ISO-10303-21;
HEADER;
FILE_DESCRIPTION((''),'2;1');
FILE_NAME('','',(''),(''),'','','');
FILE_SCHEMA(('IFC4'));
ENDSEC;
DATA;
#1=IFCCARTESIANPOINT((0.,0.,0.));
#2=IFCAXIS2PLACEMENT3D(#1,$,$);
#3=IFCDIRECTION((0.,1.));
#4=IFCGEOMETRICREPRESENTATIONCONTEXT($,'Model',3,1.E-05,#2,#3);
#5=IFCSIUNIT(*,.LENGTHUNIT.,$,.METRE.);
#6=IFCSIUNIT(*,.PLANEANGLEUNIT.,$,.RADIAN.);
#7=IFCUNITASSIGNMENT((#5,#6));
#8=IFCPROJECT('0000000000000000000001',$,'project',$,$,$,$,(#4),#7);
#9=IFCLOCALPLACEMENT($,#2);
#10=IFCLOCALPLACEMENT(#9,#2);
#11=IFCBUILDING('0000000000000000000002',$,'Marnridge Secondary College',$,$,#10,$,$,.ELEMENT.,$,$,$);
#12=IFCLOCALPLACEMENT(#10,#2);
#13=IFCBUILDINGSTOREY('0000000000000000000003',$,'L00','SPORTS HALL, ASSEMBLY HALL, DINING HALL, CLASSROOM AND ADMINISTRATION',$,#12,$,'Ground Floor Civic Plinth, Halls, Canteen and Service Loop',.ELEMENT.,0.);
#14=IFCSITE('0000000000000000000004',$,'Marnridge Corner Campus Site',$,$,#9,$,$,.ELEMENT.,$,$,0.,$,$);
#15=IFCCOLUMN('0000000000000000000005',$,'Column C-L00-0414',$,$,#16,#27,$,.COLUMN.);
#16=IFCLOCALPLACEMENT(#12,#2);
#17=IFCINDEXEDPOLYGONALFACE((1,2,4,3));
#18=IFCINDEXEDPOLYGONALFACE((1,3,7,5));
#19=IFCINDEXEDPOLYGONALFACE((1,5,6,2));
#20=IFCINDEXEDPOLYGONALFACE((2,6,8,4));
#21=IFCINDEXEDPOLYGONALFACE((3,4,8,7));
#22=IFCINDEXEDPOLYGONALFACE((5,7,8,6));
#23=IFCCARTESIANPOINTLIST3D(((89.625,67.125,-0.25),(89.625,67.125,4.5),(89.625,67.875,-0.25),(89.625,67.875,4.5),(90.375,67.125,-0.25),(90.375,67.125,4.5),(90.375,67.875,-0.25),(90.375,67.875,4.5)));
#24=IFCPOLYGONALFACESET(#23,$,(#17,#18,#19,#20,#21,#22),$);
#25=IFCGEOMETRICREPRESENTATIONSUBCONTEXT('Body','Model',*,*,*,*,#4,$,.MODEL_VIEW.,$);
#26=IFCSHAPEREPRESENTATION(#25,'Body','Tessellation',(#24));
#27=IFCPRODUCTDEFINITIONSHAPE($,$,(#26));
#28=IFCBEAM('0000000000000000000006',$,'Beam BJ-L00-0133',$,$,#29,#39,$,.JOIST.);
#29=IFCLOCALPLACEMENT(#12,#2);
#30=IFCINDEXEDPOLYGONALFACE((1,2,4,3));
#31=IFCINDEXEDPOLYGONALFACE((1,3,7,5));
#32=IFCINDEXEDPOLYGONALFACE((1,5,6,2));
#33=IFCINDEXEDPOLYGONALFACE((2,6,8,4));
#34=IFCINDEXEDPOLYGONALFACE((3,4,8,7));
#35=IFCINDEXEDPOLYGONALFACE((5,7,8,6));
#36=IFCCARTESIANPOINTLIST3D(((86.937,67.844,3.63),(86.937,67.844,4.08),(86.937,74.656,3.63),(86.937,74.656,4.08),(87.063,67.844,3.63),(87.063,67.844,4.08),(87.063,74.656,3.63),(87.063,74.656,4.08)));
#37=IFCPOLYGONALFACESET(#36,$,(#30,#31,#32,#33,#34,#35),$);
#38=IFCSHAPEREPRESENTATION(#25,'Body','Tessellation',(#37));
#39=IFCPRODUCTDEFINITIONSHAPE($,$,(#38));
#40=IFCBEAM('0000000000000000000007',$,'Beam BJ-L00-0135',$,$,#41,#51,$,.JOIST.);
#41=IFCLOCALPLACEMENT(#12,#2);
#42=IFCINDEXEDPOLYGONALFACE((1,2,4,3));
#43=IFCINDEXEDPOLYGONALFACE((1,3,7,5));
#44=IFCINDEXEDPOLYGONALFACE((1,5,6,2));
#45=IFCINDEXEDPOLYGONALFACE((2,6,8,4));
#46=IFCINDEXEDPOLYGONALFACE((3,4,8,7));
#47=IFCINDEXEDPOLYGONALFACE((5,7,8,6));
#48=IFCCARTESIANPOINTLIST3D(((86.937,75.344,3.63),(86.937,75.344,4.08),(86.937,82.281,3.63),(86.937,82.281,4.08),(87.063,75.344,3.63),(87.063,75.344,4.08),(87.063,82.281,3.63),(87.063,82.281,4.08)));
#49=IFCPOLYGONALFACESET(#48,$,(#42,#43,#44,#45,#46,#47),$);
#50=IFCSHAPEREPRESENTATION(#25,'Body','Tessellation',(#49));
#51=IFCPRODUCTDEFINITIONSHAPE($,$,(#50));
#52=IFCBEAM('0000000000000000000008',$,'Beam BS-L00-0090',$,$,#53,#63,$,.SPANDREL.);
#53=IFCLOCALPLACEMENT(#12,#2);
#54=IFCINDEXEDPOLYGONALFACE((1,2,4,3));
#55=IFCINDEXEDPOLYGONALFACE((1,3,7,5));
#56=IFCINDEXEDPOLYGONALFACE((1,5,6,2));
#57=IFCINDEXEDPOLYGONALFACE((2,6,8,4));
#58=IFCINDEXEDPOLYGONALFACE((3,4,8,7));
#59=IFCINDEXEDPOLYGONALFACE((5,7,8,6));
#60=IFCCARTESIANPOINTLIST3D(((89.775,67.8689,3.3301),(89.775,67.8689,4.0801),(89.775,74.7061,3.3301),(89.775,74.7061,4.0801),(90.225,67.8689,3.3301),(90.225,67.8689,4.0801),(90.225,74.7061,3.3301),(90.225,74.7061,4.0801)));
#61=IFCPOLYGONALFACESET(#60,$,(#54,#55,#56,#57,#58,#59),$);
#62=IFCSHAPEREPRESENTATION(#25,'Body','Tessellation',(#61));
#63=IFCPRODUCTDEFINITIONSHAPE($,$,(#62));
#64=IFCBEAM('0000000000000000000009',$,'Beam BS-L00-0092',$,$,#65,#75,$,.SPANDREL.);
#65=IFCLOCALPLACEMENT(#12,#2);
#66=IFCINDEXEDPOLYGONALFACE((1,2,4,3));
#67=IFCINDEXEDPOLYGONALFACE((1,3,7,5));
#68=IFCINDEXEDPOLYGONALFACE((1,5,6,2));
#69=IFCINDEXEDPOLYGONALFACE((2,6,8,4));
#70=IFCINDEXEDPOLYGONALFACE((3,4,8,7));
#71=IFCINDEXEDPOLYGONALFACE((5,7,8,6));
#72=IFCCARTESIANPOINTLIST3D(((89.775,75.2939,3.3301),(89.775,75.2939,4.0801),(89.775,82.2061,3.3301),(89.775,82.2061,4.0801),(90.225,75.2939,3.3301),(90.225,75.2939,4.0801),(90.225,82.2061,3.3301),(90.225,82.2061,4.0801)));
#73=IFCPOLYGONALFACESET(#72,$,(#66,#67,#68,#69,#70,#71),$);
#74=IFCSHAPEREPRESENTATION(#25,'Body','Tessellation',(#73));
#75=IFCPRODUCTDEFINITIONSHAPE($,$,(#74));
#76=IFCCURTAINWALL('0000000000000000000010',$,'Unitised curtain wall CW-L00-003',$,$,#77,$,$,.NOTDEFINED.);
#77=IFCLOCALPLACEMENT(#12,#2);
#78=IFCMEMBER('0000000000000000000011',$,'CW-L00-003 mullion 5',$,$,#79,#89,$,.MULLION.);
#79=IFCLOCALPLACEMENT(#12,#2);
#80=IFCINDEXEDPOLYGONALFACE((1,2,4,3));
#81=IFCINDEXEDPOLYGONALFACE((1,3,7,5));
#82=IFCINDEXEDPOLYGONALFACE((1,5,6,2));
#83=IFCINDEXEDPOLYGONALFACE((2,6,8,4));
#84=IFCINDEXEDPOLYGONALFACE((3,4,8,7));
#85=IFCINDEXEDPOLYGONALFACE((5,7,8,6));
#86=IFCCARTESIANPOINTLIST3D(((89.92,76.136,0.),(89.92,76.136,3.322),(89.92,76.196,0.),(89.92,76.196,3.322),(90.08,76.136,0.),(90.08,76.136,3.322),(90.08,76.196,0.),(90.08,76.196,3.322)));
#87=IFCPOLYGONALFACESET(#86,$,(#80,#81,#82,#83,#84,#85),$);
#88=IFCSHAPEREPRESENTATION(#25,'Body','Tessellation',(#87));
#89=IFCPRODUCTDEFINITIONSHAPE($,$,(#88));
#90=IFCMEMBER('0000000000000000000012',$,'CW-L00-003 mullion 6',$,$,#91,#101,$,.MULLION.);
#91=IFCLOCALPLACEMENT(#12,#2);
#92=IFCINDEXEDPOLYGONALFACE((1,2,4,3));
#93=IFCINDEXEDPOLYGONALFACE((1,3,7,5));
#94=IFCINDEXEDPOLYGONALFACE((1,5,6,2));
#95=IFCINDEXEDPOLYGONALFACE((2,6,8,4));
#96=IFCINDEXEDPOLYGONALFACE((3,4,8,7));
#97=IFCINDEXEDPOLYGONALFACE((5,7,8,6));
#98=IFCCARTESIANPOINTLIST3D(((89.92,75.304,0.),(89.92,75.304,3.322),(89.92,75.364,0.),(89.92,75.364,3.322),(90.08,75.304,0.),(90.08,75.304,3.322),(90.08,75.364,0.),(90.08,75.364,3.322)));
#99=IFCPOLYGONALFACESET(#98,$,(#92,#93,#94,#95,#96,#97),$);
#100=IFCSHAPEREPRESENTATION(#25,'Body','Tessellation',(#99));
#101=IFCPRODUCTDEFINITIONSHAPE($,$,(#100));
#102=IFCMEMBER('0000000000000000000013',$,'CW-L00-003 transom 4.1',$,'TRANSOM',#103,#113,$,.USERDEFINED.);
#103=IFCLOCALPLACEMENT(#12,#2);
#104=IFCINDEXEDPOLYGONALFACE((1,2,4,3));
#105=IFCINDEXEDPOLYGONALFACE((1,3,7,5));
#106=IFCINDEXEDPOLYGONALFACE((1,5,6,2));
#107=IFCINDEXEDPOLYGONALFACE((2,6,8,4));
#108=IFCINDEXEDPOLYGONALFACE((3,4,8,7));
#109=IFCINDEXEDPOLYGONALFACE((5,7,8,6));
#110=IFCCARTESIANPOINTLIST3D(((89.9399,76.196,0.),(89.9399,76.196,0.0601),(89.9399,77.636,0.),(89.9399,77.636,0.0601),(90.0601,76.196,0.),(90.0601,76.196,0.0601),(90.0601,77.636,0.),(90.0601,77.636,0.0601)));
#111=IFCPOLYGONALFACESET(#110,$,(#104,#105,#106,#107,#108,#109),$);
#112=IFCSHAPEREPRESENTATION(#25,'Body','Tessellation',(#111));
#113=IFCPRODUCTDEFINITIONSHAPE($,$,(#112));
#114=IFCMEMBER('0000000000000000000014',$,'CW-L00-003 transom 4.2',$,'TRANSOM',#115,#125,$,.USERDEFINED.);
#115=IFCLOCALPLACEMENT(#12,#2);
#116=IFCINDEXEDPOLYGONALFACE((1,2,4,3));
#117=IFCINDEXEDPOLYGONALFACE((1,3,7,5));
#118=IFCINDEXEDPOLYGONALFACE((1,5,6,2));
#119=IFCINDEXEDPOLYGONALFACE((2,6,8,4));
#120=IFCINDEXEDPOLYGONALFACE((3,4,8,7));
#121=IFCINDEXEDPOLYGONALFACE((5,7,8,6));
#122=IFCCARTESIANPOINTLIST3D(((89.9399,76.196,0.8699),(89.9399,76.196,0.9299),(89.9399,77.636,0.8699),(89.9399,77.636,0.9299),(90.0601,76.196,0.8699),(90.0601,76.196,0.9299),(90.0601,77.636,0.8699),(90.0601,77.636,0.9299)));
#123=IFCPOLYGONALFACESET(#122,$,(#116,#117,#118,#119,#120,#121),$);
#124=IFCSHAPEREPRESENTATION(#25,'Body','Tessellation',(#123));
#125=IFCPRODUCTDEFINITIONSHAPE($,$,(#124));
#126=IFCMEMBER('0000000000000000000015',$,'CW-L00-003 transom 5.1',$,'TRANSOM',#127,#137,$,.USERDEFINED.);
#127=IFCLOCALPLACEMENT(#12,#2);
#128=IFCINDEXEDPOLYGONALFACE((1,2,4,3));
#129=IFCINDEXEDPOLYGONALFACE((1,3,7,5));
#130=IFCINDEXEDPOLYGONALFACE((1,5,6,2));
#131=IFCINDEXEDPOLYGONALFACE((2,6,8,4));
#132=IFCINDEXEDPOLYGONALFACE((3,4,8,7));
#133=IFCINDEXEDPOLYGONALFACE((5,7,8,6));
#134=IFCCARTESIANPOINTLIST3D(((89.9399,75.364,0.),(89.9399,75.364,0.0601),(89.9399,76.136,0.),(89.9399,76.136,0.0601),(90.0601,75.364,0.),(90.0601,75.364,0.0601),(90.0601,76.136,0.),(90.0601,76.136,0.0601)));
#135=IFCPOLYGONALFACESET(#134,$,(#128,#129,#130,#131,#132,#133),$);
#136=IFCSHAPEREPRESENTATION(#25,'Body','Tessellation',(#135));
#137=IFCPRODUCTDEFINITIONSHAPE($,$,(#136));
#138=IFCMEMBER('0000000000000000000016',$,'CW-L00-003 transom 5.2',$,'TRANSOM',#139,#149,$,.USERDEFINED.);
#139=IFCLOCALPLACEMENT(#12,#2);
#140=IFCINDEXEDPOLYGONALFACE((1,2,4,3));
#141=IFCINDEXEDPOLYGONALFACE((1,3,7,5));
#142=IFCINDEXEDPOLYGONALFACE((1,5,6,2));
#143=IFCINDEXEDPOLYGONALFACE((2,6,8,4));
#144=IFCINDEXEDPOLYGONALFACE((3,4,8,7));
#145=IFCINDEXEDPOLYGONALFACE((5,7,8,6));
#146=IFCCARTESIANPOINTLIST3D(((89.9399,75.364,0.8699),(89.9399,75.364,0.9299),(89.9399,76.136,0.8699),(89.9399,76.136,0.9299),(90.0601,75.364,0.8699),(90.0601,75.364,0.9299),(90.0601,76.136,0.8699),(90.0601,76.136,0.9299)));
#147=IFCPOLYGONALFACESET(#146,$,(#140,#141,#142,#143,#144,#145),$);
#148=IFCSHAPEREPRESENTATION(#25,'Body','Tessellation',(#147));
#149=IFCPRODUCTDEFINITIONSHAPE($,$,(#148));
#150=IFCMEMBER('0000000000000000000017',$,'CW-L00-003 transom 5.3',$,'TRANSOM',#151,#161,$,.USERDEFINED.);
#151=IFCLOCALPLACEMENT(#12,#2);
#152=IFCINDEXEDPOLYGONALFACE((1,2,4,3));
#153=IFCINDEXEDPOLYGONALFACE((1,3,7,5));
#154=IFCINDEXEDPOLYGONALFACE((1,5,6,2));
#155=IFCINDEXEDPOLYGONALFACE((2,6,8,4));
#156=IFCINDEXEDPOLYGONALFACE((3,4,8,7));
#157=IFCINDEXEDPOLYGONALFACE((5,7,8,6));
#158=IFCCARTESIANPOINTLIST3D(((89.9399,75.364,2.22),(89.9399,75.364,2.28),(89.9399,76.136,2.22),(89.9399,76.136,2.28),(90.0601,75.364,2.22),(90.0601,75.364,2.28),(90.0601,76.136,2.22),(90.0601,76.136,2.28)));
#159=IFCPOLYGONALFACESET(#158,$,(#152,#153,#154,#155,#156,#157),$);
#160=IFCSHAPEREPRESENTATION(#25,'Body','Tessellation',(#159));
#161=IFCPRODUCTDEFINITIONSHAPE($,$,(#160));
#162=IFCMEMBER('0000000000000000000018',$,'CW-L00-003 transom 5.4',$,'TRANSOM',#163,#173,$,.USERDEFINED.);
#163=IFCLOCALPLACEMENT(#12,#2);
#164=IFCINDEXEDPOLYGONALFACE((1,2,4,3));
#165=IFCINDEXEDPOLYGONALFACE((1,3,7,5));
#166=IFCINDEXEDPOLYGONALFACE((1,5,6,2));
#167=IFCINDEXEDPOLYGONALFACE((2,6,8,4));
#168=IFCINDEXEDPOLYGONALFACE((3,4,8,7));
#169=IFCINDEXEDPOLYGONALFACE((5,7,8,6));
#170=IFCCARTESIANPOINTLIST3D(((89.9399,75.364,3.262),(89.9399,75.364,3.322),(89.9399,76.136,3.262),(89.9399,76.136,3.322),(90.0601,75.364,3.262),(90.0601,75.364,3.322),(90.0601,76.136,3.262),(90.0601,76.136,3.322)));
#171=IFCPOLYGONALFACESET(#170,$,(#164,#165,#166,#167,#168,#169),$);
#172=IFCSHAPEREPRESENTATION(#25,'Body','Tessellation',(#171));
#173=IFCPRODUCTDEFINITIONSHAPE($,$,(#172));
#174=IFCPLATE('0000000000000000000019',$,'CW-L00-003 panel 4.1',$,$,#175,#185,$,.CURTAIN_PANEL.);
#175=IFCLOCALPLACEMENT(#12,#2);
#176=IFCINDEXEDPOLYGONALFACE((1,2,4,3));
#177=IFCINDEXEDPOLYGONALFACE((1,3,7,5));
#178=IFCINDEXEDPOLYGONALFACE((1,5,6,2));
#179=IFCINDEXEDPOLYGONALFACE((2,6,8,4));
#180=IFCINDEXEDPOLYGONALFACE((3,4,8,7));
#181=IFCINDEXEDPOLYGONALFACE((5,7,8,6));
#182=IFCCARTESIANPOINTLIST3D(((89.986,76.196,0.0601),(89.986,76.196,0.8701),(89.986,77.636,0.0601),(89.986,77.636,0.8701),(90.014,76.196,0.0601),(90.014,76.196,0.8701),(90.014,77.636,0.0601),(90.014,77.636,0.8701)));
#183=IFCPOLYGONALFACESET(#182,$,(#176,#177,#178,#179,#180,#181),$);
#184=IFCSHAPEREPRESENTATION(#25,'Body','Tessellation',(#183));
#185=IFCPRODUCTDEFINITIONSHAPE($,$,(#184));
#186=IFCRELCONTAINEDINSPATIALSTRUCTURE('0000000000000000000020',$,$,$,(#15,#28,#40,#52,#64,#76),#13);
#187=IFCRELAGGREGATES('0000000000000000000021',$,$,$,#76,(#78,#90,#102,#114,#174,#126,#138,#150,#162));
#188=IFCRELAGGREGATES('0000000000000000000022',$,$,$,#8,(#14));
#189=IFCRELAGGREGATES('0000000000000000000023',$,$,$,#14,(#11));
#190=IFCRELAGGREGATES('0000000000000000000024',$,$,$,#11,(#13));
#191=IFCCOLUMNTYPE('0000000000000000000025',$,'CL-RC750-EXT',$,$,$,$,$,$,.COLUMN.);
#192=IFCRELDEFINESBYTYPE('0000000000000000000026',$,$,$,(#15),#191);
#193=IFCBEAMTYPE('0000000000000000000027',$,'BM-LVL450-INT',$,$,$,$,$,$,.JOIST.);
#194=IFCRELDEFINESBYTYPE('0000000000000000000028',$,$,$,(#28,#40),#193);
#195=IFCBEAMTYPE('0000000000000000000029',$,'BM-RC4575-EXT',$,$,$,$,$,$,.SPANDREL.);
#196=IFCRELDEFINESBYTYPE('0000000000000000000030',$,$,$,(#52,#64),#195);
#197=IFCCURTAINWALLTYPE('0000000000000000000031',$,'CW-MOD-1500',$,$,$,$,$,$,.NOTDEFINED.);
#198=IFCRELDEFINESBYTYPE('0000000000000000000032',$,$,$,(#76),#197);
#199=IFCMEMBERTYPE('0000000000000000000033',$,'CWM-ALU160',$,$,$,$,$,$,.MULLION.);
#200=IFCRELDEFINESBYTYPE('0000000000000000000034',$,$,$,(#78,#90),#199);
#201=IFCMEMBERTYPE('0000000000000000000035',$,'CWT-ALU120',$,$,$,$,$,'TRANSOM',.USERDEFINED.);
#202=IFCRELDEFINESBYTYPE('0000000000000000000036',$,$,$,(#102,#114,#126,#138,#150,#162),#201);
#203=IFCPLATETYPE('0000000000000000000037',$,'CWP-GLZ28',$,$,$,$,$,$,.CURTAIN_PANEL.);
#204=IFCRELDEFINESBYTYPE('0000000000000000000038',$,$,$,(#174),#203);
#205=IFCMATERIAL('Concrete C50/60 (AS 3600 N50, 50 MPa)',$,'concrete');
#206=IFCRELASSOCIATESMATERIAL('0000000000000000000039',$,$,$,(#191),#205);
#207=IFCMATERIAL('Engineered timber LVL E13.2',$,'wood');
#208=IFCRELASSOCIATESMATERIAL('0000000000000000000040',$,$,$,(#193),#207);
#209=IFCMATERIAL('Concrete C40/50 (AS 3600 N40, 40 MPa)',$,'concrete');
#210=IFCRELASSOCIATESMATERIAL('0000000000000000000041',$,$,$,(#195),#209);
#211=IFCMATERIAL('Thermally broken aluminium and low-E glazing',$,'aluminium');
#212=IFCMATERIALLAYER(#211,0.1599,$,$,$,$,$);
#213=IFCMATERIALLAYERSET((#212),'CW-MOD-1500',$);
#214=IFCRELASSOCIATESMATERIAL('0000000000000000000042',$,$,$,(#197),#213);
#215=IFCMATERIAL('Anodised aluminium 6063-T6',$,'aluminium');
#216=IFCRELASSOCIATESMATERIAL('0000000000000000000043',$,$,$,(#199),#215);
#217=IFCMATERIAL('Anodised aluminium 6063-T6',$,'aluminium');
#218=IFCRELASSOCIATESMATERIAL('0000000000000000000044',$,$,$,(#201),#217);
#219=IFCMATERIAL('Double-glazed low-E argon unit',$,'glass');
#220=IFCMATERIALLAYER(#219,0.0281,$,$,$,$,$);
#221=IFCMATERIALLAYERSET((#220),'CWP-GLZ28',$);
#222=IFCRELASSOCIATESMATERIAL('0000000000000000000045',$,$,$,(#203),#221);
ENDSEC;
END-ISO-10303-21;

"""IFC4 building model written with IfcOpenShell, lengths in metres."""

from ifc_helpers import new_model, si_unit, direction, frame, origin, origin_2d, place, context, subcontext, project, spatial, rectangle, extrude, material, layer, layer_set, material_profile, profile_set, type_object, element, aggregate, save


model = new_model("IFC4")

# Units and contexts
model_context = context("Model", 3, precision=1e-05, world=origin(), true_north=direction((0.0, 1.0)))
body_context = subcontext(model_context, "Body", "Model", "MODEL_VIEW")
ifc_project = project(units=[si_unit("LENGTHUNIT", "METRE"), si_unit("PLANEANGLEUNIT", "RADIAN")], contexts=[model_context])

# Site, building, storey
site_placement = place(None, origin())
site = spatial("IfcSite", under=ifc_project, at=site_placement, Name="Marnridge Corner Campus Site", CompositionType="ELEMENT", RefElevation=0.0)
building_placement = place(site_placement, origin())
building = spatial("IfcBuilding", under=site, at=building_placement, Name="Marnridge Secondary College", CompositionType="ELEMENT")
storey_placement = place(building_placement, origin())
storey = spatial("IfcBuildingStorey", under=building, at=storey_placement, Name="L00", Description="SPORTS HALL, ASSEMBLY HALL, DINING HALL, CLASSROOM AND ADMINISTRATION", LongName="Ground Floor Civic Plinth, Halls, Canteen and Service Loop", CompositionType="ELEMENT", Elevation=0.0)

# Column
ifc_material_1 = material(Name="Concrete C50/60 (AS 3600 N50, 50 MPa)", Category="concrete")
ifc_material_profile_1 = material_profile(ifc_material_1, rectangle(XDim=0.75, YDim=0.75, at=origin_2d()), Name="RC 750x750")
ifc_profile_set_1 = profile_set([ifc_material_profile_1], Name="Concrete C50/60 (AS 3600 N50, 50 MPa)")
column_type_1 = type_object("IfcColumnType", Name="CL-RC750-EXT", PredefinedType="COLUMN", material=ifc_profile_set_1)
column_1_placement = place(storey_placement, frame((90.0, 67.5, -0.25), z_axis=(0.0, 0.0, 1.0), x_axis=(1.0, 0.0, 0.0)))
element("IfcColumn", 1, at=column_1_placement, inside=storey, type_object=column_type_1, Name="Column C-L00-0414", PredefinedType="COLUMN", context=body_context, shape_type="SweptSolid", body=[
    extrude(rectangle(XDim=0.75, YDim=0.75, at=origin_2d()), origin(), (0.0, 0.0, 1.0), 4.75),
])

# Beams
ifc_material_2 = material(Name="Engineered timber LVL E13.2", Category="wood")
ifc_material_profile_2 = material_profile(ifc_material_2, rectangle(XDim=0.126, YDim=0.45, at=origin_2d()), Name="LVL 126x450")
ifc_profile_set_2 = profile_set([ifc_material_profile_2], Name="Engineered timber LVL E13.2")
beam_type_1 = type_object("IfcBeamType", Name="BM-LVL450-INT", PredefinedType="JOIST", material=ifc_profile_set_2)
beam_1_placement = place(storey_placement, frame((87.0, 67.844, 3.855), z_axis=(0.0, 1.0, 0.0), x_axis=(-1.0, 0.0, 0.0)))
element("IfcBeam", 2, at=beam_1_placement, inside=storey, type_object=beam_type_1, Name="Beam BJ-L00-0133", PredefinedType="JOIST", context=body_context, shape_type="SweptSolid", body=[
    extrude(rectangle(XDim=0.126, YDim=0.45, at=origin_2d()), origin(), (0.0, 0.0, 1.0), 6.812),
])
beam_2_placement = place(storey_placement, frame((87.0, 75.344, 3.855), z_axis=(0.0, 1.0, 0.0), x_axis=(-1.0, 0.0, 0.0)))
element("IfcBeam", 3, at=beam_2_placement, inside=storey, type_object=beam_type_1, Name="Beam BJ-L00-0135", PredefinedType="JOIST", context=body_context, shape_type="SweptSolid", body=[
    extrude(rectangle(XDim=0.126, YDim=0.45, at=origin_2d()), origin(), (0.0, 0.0, 1.0), 6.937),
])
ifc_material_3 = material(Name="Concrete C40/50 (AS 3600 N40, 40 MPa)", Category="concrete")
ifc_material_profile_3 = material_profile(ifc_material_3, rectangle(XDim=0.45, YDim=0.75, at=origin_2d()), Name="RC 450x750")
ifc_profile_set_3 = profile_set([ifc_material_profile_3], Name="Concrete C40/50 (AS 3600 N40, 40 MPa)")
beam_type_2 = type_object("IfcBeamType", Name="BM-RC4575-EXT", PredefinedType="SPANDREL", material=ifc_profile_set_3)
beam_3_placement = place(storey_placement, frame((90.0, 67.8689, 3.7051), z_axis=(0.0, 1.0, 0.0), x_axis=(-1.0, 0.0, 0.0)))
element("IfcBeam", 4, at=beam_3_placement, inside=storey, type_object=beam_type_2, Name="Beam BS-L00-0090", PredefinedType="SPANDREL", context=body_context, shape_type="SweptSolid", body=[
    extrude(rectangle(XDim=0.45, YDim=0.75, at=origin_2d()), origin(), (0.0, 0.0, 1.0), 6.8372),
])
beam_4_placement = place(storey_placement, frame((90.0, 75.2939, 3.7051), z_axis=(0.0, 1.0, 0.0), x_axis=(-1.0, 0.0, 0.0)))
element("IfcBeam", 5, at=beam_4_placement, inside=storey, type_object=beam_type_2, Name="Beam BS-L00-0092", PredefinedType="SPANDREL", context=body_context, shape_type="SweptSolid", body=[
    extrude(rectangle(XDim=0.45, YDim=0.75, at=origin_2d()), origin(), (0.0, 0.0, 1.0), 6.9121),
])

# Curtain wall, members, plate
ifc_material_4 = material(Name="Thermally broken aluminium and low-E glazing", Category="aluminium")
ifc_layer_1 = layer(ifc_material_4, 0.1599)
ifc_layer_set_1 = layer_set([ifc_layer_1], Name="CW-MOD-1500")
curtain_wall_type = type_object("IfcCurtainWallType", Name="CW-MOD-1500", PredefinedType="NOTDEFINED", material=ifc_layer_set_1)
curtain_wall_placement = place(storey_placement, origin())
curtain_wall = element("IfcCurtainWall", 6, at=curtain_wall_placement, inside=storey, type_object=curtain_wall_type, Name="Unitised curtain wall CW-L00-003", PredefinedType="NOTDEFINED")
ifc_material_5 = material(Name="Anodised aluminium 6063-T6", Category="aluminium")
ifc_material_profile_4 = material_profile(ifc_material_5, rectangle(XDim=0.0601, YDim=0.1599, at=origin_2d()), Name="ALU 60x160")
ifc_profile_set_4 = profile_set([ifc_material_profile_4], Name="Anodised aluminium 6063-T6")
member_type_1 = type_object("IfcMemberType", Name="CWM-ALU160", PredefinedType="MULLION", material=ifc_profile_set_4)
member_1_placement = place(storey_placement, frame((90.0, 76.166, 0.0), z_axis=(0.0, 0.0, 1.0), x_axis=(0.0, -1.0, 0.0)))
member_1 = element("IfcMember", 7, at=member_1_placement, type_object=member_type_1, Name="CW-L00-003 mullion 5", PredefinedType="MULLION", context=body_context, shape_type="SweptSolid", body=[
    extrude(rectangle(XDim=0.0601, YDim=0.1599, at=origin_2d()), origin(), (0.0, 0.0, 1.0), 3.322),
])
member_2_placement = place(storey_placement, frame((90.0, 75.334, 0.0), z_axis=(0.0, 0.0, 1.0), x_axis=(0.0, -1.0, 0.0)))
member_2 = element("IfcMember", 8, at=member_2_placement, type_object=member_type_1, Name="CW-L00-003 mullion 6", PredefinedType="MULLION", context=body_context, shape_type="SweptSolid", body=[
    extrude(rectangle(XDim=0.0601, YDim=0.1599, at=origin_2d()), origin(), (0.0, 0.0, 1.0), 3.322),
])
ifc_material_6 = material(Name="Anodised aluminium 6063-T6", Category="aluminium")
ifc_material_profile_5 = material_profile(ifc_material_6, rectangle(XDim=0.0601, YDim=0.1201, at=origin_2d()), Name="ALU 60x120")
ifc_profile_set_5 = profile_set([ifc_material_profile_5], Name="Anodised aluminium 6063-T6")
member_type_2 = type_object("IfcMemberType", Name="CWT-ALU120", ElementType="TRANSOM", PredefinedType="USERDEFINED", material=ifc_profile_set_5)
member_3_placement = place(storey_placement, frame((90.0, 77.636, 0.03), z_axis=(0.0, -1.0, 0.0), x_axis=(0.0, 0.0, 1.0)))
member_3 = element("IfcMember", 9, at=member_3_placement, type_object=member_type_2, Name="CW-L00-003 transom 4.1", ObjectType="TRANSOM", PredefinedType="USERDEFINED", context=body_context, shape_type="SweptSolid", body=[
    extrude(rectangle(XDim=0.0601, YDim=0.1201, at=origin_2d()), origin(), (0.0, 0.0, 1.0), 1.4399),
])
member_4_placement = place(storey_placement, frame((90.0, 77.636, 0.8999), z_axis=(0.0, -1.0, 0.0), x_axis=(0.0, 0.0, 1.0)))
member_4 = element("IfcMember", 10, at=member_4_placement, type_object=member_type_2, Name="CW-L00-003 transom 4.2", ObjectType="TRANSOM", PredefinedType="USERDEFINED", context=body_context, shape_type="SweptSolid", body=[
    extrude(rectangle(XDim=0.0601, YDim=0.1201, at=origin_2d()), origin(), (0.0, 0.0, 1.0), 1.4399),
])
member_5_placement = place(storey_placement, frame((90.0, 76.136, 0.03), z_axis=(0.0, -1.0, 0.0), x_axis=(0.0, 0.0, 1.0)))
member_5 = element("IfcMember", 11, at=member_5_placement, type_object=member_type_2, Name="CW-L00-003 transom 5.1", ObjectType="TRANSOM", PredefinedType="USERDEFINED", context=body_context, shape_type="SweptSolid", body=[
    extrude(rectangle(XDim=0.0601, YDim=0.1201, at=origin_2d()), origin(), (0.0, 0.0, 1.0), 0.772),
])
member_6_placement = place(storey_placement, frame((90.0, 76.136, 0.8999), z_axis=(0.0, -1.0, 0.0), x_axis=(0.0, 0.0, 1.0)))
member_6 = element("IfcMember", 12, at=member_6_placement, type_object=member_type_2, Name="CW-L00-003 transom 5.2", ObjectType="TRANSOM", PredefinedType="USERDEFINED", context=body_context, shape_type="SweptSolid", body=[
    extrude(rectangle(XDim=0.0601, YDim=0.1201, at=origin_2d()), origin(), (0.0, 0.0, 1.0), 0.772),
])
member_7_placement = place(storey_placement, frame((90.0, 76.136, 2.25), z_axis=(0.0, -1.0, 0.0), x_axis=(0.0, 0.0, 1.0)))
member_7 = element("IfcMember", 13, at=member_7_placement, type_object=member_type_2, Name="CW-L00-003 transom 5.3", ObjectType="TRANSOM", PredefinedType="USERDEFINED", context=body_context, shape_type="SweptSolid", body=[
    extrude(rectangle(XDim=0.0601, YDim=0.1201, at=origin_2d()), origin(), (0.0, 0.0, 1.0), 0.772),
])
member_8_placement = place(storey_placement, frame((90.0, 76.136, 3.292), z_axis=(0.0, -1.0, 0.0), x_axis=(0.0, 0.0, 1.0)))
member_8 = element("IfcMember", 14, at=member_8_placement, type_object=member_type_2, Name="CW-L00-003 transom 5.4", ObjectType="TRANSOM", PredefinedType="USERDEFINED", context=body_context, shape_type="SweptSolid", body=[
    extrude(rectangle(XDim=0.0601, YDim=0.1201, at=origin_2d()), origin(), (0.0, 0.0, 1.0), 0.772),
])
ifc_material_7 = material(Name="Double-glazed low-E argon unit", Category="glass")
ifc_layer_2 = layer(ifc_material_7, 0.0281)
ifc_layer_set_2 = layer_set([ifc_layer_2], Name="CWP-GLZ28")
plate_type = type_object("IfcPlateType", Name="CWP-GLZ28", PredefinedType="CURTAIN_PANEL", material=ifc_layer_set_2)
plate_1_placement = place(storey_placement, frame((90.0, 76.916, 0.0601), z_axis=(0.0, 0.0, 1.0), x_axis=(0.0, -1.0, 0.0)))
plate_1 = element("IfcPlate", 15, at=plate_1_placement, type_object=plate_type, Name="CW-L00-003 panel 4.1", PredefinedType="CURTAIN_PANEL", context=body_context, shape_type="SweptSolid", body=[
    extrude(rectangle(XDim=1.4399, YDim=0.0281, at=origin_2d()), origin(), (0.0, 0.0, 1.0), 0.8101),
])
aggregate(curtain_wall, [member_1, member_2, member_3, member_4, plate_1, member_5, member_6, member_7, member_8])

save(model, "model.ifc")
